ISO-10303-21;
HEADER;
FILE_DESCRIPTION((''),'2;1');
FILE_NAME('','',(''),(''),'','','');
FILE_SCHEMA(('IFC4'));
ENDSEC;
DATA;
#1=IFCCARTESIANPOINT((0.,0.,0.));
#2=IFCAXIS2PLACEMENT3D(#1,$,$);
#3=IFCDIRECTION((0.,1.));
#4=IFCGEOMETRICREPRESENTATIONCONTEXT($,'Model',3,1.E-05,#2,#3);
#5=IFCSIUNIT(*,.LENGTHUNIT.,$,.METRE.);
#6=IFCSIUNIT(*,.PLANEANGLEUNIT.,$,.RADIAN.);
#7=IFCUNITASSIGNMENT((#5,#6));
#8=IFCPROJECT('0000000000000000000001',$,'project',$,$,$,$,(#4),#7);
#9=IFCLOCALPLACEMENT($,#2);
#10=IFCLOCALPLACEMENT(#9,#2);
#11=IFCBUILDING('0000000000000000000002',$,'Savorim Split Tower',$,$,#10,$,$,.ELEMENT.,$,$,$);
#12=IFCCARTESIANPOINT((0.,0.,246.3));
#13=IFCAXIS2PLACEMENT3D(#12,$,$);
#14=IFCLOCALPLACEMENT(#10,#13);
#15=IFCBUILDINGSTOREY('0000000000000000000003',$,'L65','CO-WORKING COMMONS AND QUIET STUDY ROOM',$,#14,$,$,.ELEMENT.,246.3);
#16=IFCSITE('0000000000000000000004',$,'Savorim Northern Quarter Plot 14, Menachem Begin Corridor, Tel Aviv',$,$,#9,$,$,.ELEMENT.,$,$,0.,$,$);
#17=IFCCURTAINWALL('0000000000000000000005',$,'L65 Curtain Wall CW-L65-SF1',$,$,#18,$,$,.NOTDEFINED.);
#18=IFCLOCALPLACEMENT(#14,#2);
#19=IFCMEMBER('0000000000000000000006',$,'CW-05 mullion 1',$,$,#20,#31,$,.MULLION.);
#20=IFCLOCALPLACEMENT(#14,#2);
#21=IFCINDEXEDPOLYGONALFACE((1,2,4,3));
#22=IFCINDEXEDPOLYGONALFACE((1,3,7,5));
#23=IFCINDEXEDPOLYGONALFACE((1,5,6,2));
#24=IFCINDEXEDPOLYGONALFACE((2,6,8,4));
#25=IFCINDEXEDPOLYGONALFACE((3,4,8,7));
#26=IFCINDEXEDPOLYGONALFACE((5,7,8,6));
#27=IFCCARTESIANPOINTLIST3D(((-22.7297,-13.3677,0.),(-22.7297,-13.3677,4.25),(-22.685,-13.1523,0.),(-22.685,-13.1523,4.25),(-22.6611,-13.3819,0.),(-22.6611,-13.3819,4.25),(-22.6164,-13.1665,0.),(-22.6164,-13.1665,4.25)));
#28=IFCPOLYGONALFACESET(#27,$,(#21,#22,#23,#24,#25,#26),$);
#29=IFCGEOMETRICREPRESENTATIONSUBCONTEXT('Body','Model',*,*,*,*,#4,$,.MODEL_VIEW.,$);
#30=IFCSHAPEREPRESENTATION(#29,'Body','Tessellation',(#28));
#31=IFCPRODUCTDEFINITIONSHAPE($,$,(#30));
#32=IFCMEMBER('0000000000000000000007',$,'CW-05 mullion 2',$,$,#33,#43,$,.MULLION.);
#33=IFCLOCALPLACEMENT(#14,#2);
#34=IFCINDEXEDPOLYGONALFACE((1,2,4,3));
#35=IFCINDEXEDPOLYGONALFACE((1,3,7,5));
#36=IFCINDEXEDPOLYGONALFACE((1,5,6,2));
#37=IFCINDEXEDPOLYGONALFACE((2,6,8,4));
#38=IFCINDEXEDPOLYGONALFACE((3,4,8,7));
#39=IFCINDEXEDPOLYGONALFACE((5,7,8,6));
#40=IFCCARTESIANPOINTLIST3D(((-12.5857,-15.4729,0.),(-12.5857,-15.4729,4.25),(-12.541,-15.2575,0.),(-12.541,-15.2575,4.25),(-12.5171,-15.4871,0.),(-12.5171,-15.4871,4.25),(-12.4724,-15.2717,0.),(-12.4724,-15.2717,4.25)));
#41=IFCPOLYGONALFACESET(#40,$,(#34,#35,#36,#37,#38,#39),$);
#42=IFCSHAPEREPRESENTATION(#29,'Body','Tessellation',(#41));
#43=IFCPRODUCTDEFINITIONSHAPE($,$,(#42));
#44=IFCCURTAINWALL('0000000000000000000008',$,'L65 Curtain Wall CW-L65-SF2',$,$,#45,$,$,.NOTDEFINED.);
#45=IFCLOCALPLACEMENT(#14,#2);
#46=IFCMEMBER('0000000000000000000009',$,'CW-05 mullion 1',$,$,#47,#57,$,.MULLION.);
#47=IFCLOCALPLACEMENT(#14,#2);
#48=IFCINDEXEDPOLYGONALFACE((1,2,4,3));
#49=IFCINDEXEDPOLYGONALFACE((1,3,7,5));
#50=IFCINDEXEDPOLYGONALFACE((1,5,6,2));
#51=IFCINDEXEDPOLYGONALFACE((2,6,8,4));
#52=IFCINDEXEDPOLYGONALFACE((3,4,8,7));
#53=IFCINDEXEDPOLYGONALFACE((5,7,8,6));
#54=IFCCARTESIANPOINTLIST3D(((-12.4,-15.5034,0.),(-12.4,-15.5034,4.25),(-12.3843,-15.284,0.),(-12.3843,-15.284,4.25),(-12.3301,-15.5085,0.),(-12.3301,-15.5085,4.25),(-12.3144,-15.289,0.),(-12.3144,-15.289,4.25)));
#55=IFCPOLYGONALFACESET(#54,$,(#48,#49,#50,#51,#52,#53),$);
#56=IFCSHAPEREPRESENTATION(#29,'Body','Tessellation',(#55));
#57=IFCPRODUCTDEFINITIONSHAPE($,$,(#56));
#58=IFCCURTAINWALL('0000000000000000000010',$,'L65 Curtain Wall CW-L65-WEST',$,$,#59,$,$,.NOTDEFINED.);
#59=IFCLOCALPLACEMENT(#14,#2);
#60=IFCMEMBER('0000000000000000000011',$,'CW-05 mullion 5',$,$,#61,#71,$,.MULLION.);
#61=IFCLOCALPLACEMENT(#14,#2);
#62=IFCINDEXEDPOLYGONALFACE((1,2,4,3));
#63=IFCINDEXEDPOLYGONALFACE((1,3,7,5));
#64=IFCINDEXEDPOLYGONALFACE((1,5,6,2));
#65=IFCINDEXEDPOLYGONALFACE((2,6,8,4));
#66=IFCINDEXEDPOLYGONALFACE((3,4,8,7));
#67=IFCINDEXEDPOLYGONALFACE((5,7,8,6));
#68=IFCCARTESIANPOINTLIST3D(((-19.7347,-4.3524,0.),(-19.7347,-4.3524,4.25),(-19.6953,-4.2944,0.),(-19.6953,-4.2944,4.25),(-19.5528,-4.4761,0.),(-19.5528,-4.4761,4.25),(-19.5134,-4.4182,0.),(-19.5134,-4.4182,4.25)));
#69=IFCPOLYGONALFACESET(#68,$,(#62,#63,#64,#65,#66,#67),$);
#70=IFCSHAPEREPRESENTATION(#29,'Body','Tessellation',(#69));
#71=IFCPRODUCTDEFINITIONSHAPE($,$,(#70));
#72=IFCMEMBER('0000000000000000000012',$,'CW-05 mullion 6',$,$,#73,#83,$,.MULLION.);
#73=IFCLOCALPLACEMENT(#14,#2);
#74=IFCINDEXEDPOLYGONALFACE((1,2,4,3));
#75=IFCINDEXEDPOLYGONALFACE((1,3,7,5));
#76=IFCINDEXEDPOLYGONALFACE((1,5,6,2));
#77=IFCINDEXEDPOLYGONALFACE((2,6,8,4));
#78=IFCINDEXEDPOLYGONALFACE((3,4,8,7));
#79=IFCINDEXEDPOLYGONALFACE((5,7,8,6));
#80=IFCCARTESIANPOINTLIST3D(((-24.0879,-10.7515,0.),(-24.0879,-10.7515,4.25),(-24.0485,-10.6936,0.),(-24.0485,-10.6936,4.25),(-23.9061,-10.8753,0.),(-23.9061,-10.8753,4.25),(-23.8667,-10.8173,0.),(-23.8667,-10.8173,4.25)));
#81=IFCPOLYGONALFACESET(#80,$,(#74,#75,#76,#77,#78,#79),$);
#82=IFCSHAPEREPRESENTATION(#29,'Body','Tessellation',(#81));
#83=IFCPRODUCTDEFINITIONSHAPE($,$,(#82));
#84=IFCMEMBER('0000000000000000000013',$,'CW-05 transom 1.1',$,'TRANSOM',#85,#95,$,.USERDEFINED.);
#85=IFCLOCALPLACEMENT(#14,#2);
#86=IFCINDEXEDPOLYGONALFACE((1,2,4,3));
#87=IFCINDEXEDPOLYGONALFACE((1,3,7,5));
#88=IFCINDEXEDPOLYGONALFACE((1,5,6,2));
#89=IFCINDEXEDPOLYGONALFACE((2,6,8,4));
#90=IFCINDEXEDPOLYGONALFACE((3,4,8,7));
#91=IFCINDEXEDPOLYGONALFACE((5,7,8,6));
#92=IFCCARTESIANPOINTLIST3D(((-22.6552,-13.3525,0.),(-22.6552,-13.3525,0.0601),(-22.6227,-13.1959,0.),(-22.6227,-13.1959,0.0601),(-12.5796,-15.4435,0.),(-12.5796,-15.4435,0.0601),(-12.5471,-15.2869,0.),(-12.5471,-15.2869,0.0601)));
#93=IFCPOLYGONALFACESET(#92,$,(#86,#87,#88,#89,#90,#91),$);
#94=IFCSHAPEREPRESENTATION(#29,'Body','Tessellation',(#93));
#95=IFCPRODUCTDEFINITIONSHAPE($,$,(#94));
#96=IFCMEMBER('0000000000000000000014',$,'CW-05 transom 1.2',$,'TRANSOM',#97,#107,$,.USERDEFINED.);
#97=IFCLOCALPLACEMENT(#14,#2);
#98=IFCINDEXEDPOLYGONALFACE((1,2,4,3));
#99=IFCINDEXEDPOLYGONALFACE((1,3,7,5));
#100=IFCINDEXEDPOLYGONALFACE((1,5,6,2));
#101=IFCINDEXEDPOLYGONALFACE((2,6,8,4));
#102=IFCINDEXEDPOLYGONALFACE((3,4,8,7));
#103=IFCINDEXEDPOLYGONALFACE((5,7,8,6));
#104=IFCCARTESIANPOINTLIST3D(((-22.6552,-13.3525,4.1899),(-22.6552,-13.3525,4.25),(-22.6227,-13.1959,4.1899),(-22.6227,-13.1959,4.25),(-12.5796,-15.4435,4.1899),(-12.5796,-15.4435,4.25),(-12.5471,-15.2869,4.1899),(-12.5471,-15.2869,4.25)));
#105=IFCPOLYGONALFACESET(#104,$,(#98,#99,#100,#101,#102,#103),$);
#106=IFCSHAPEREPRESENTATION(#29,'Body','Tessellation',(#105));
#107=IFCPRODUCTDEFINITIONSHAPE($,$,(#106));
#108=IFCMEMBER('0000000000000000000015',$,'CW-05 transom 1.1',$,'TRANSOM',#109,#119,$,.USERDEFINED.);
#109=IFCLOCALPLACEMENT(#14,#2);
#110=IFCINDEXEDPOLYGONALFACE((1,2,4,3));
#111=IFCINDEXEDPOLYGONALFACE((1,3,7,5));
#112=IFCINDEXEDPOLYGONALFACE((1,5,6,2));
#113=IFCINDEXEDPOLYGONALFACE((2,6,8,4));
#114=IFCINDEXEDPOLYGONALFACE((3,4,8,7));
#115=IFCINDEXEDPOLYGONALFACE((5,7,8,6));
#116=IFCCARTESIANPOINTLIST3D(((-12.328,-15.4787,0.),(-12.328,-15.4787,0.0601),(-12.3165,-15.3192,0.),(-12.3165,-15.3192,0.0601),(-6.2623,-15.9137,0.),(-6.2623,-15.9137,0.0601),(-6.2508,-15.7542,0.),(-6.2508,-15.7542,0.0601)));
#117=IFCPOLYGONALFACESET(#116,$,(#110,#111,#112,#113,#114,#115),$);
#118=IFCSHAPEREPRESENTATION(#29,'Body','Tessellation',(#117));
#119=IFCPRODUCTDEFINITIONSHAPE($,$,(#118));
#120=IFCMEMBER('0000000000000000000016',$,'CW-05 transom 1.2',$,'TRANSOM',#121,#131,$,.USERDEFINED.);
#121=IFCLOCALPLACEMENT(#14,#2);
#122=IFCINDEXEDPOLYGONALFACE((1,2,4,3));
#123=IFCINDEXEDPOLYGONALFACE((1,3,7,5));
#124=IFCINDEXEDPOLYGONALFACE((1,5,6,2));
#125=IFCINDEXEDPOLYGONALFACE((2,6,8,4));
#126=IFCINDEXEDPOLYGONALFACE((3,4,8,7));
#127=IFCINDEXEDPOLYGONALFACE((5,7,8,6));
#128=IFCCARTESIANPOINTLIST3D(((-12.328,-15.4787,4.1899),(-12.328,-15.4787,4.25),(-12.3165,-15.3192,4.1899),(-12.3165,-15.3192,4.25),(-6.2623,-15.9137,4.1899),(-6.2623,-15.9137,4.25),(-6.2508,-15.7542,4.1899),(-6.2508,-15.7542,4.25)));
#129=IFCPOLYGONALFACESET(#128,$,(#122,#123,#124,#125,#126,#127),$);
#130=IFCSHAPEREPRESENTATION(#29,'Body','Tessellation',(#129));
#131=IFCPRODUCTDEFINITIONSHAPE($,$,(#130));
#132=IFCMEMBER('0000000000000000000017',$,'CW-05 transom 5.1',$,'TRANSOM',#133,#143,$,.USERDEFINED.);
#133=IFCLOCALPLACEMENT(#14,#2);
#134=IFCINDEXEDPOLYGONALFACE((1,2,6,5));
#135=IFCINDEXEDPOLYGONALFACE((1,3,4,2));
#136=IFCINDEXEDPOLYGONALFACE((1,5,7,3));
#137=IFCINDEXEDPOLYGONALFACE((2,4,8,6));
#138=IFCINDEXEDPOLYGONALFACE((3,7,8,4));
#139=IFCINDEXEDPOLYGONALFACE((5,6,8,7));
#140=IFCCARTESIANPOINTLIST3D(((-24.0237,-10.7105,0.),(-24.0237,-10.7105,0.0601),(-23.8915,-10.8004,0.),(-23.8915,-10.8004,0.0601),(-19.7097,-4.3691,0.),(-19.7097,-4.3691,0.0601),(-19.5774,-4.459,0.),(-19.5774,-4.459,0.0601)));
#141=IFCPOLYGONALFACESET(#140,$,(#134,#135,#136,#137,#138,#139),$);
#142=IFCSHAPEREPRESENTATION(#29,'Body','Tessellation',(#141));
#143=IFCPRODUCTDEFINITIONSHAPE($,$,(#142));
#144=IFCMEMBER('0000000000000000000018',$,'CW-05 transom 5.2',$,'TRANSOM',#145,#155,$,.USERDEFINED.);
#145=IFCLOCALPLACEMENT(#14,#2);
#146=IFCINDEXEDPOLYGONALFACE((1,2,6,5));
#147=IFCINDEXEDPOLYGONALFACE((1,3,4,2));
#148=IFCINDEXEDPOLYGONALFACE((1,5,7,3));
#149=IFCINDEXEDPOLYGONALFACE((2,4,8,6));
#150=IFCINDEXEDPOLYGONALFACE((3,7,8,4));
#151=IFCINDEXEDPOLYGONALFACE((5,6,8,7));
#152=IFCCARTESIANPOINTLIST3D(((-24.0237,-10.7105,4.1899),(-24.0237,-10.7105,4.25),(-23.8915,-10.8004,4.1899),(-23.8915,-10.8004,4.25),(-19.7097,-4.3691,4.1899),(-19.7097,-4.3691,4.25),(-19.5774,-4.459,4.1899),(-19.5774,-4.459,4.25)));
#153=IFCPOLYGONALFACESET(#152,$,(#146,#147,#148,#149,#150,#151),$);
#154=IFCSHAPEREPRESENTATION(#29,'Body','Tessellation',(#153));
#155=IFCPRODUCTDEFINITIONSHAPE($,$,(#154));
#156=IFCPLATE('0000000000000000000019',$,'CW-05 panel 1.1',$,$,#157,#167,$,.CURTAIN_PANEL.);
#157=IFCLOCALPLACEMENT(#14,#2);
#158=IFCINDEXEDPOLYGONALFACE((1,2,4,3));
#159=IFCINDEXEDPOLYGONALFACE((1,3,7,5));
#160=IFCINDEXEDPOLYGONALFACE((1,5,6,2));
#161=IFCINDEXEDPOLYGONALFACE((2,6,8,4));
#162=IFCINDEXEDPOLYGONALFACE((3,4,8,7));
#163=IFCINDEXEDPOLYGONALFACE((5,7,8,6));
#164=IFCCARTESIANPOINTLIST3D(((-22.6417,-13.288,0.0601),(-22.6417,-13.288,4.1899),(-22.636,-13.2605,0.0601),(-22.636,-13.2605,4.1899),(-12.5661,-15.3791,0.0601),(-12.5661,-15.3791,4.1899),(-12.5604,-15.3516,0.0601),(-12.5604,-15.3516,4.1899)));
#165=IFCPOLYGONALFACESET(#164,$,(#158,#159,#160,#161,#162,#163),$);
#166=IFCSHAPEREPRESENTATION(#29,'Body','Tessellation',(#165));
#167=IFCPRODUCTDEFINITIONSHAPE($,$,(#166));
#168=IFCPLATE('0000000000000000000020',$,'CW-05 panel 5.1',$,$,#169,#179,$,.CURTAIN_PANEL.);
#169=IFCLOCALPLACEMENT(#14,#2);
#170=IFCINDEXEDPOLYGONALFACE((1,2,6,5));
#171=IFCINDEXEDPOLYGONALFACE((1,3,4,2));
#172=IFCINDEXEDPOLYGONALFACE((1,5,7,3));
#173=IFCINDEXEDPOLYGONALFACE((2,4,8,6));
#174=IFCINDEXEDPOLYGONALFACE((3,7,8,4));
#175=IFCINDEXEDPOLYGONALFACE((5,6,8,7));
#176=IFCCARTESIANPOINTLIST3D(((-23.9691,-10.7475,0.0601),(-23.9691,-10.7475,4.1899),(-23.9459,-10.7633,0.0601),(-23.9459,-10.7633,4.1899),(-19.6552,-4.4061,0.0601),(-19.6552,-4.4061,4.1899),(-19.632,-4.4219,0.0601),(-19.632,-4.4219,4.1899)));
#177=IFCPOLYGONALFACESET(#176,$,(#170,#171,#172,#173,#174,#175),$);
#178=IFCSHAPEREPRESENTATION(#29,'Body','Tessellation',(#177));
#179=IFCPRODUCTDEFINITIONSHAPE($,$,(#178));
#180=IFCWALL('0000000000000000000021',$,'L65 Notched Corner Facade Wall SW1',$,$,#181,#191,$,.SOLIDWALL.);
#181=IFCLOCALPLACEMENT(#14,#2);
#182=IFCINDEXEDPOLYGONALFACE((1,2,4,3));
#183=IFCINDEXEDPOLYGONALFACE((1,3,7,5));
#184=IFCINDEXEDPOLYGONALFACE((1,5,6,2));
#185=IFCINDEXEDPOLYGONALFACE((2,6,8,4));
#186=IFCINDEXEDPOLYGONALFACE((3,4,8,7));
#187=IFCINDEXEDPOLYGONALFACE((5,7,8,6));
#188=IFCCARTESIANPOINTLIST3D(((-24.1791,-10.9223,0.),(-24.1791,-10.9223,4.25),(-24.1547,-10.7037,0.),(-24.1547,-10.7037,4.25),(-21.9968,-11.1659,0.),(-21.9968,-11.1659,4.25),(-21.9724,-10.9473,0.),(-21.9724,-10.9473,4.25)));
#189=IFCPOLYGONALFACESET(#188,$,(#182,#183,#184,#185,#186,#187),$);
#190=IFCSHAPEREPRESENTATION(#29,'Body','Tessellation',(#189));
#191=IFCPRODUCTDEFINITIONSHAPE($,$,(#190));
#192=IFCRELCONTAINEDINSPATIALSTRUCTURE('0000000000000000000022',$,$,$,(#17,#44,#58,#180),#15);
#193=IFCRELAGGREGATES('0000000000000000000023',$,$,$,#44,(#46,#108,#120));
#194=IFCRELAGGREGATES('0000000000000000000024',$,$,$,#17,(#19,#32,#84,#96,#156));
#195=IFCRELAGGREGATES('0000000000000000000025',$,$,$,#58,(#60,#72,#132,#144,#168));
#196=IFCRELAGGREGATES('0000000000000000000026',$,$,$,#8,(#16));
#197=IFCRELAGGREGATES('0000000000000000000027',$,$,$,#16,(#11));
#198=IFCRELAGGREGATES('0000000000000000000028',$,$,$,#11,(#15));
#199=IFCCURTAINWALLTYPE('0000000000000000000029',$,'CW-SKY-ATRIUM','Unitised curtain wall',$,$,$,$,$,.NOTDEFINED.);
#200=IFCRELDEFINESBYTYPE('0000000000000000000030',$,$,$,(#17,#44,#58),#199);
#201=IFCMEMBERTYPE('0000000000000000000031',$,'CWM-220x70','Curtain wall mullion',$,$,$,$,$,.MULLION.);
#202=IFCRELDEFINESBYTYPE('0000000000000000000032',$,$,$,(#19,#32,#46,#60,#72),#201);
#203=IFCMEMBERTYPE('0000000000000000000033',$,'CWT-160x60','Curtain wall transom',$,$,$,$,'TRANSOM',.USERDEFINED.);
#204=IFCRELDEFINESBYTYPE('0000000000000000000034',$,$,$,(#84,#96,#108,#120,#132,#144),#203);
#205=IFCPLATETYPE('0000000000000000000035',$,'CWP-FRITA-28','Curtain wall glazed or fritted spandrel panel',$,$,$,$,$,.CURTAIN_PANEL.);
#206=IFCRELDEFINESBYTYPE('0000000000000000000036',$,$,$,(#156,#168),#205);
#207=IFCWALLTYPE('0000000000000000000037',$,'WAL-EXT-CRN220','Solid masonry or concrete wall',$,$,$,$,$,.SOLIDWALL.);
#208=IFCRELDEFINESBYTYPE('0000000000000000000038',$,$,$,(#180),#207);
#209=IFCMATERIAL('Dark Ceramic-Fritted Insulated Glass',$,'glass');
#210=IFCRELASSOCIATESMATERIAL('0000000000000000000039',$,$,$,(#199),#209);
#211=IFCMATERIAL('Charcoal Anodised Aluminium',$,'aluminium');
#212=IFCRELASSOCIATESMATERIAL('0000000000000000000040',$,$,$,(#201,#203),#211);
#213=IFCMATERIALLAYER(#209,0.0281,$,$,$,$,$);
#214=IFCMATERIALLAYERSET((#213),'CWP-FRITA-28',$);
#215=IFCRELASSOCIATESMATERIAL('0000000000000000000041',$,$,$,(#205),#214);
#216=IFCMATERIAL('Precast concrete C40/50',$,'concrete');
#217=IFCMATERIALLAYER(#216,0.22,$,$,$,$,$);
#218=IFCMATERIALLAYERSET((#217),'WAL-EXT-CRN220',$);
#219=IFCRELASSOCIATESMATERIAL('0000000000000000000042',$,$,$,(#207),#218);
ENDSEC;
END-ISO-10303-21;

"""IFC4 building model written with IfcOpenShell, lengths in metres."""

from ifc_helpers import new_model, si_unit, direction, frame, frame_2d, origin, origin_2d, place, context, subcontext, project, spatial, rectangle, extrude, material, layer, layer_set, material_profile, profile_set, type_object, element, aggregate, save


model = new_model("IFC4")

# Units and contexts
model_context = context("Model", 3, precision=1e-05, world=origin(), true_north=direction((0.0, 1.0)))
body_context = subcontext(model_context, "Body", "Model", "MODEL_VIEW")
ifc_project = project(units=[si_unit("LENGTHUNIT", "METRE"), si_unit("PLANEANGLEUNIT", "RADIAN")], contexts=[model_context])

# Site, building, storey
site_placement = place(None, origin())
site = spatial("IfcSite", under=ifc_project, at=site_placement, Name="Savorim Northern Quarter Plot 14, Menachem Begin Corridor, Tel Aviv", CompositionType="ELEMENT", RefElevation=0.0)
building_placement = place(site_placement, origin())
building = spatial("IfcBuilding", under=site, at=building_placement, Name="Savorim Split Tower", CompositionType="ELEMENT")
storey_placement = place(building_placement, frame((0.0, 0.0, 246.3)))
storey = spatial("IfcBuildingStorey", under=building, at=storey_placement, Name="L65", Description="CO-WORKING COMMONS AND QUIET STUDY ROOM", CompositionType="ELEMENT", Elevation=246.3)

# Curtain wall, members
ifc_material_1 = material(Name="Dark Ceramic-Fritted Insulated Glass", Category="glass")
curtain_wall_type = type_object("IfcCurtainWallType", Name="CW-SKY-ATRIUM", Description="Unitised curtain wall", PredefinedType="NOTDEFINED", material=ifc_material_1)
curtain_wall_1_placement = place(storey_placement, origin())
curtain_wall_1 = element("IfcCurtainWall", 1, at=curtain_wall_1_placement, inside=storey, type_object=curtain_wall_type, Name="L65 Curtain Wall CW-L65-SF1", PredefinedType="NOTDEFINED")
ifc_material_2 = material(Name="Charcoal Anodised Aluminium", Category="aluminium")
ifc_material_profile_1 = material_profile(ifc_material_2, rectangle(XDim=0.22, YDim=0.0701, at=origin_2d()), Name="ALU-M 220x70")
ifc_profile_set_1 = profile_set([ifc_material_profile_1], Name="Charcoal Anodised Aluminium")
member_type_1 = type_object("IfcMemberType", Name="CWM-220x70", Description="Curtain wall mullion", PredefinedType="MULLION", material=ifc_profile_set_1)
member_1_placement = place(storey_placement, frame((-22.6731, -13.2671, 0.0), z_axis=(0.0, 0.0, 1.0), x_axis=(0.203208, 0.979136, 0.0)))
member_1 = element("IfcMember", 2, at=member_1_placement, type_object=member_type_1, Name="CW-05 mullion 1", PredefinedType="MULLION", context=body_context, shape_type="SweptSolid", body=[
    extrude(rectangle(XDim=0.22, YDim=0.0701, at=origin_2d()), origin(), (0.0, 0.0, 1.0), 4.25),
])
member_2_placement = place(storey_placement, frame((-12.5291, -15.3723, 0.0), z_axis=(0.0, 0.0, 1.0), x_axis=(0.203208, 0.979136, 0.0)))
member_2 = element("IfcMember", 3, at=member_2_placement, type_object=member_type_1, Name="CW-05 mullion 2", PredefinedType="MULLION", context=body_context, shape_type="SweptSolid", body=[
    extrude(rectangle(XDim=0.22, YDim=0.0701, at=origin_2d()), origin(), (0.0, 0.0, 1.0), 4.25),
])

# Curtain wall, member
curtain_wall_2_placement = place(storey_placement, origin())
curtain_wall_2 = element("IfcCurtainWall", 4, at=curtain_wall_2_placement, inside=storey, type_object=curtain_wall_type, Name="L65 Curtain Wall CW-L65-SF2", PredefinedType="NOTDEFINED")
member_3_placement = place(storey_placement, frame((-12.3572, -15.3962, 0.0), z_axis=(0.0, 0.0, 1.0), x_axis=(0.071562, 0.997436, 0.0)))
member_3 = element("IfcMember", 5, at=member_3_placement, type_object=member_type_1, Name="CW-05 mullion 1", PredefinedType="MULLION", context=body_context, shape_type="SweptSolid", body=[
    extrude(rectangle(XDim=0.22, YDim=0.0701, at=origin_2d()), origin(), (0.0, 0.0, 1.0), 4.25),
])

# Curtain wall, members
curtain_wall_3_placement = place(storey_placement, origin())
curtain_wall_3 = element("IfcCurtainWall", 6, at=curtain_wall_3_placement, inside=storey, type_object=curtain_wall_type, Name="L65 Curtain Wall CW-L65-WEST", PredefinedType="NOTDEFINED")
member_4_placement = place(storey_placement, frame((-19.624, -4.3853, 0.0), z_axis=(0.0, 0.0, 1.0), x_axis=(0.826818, -0.562469, 0.0)))
member_4 = element("IfcMember", 7, at=member_4_placement, type_object=member_type_1, Name="CW-05 mullion 5", PredefinedType="MULLION", context=body_context, shape_type="SweptSolid", body=[
    extrude(rectangle(XDim=0.22, YDim=0.0701, at=origin_2d()), origin(), (0.0, 0.0, 1.0), 4.25),
])
member_5_placement = place(storey_placement, frame((-23.9773, -10.7844, 0.0), z_axis=(0.0, 0.0, 1.0), x_axis=(0.826818, -0.562469, 0.0)))
member_5 = element("IfcMember", 8, at=member_5_placement, type_object=member_type_1, Name="CW-05 mullion 6", PredefinedType="MULLION", context=body_context, shape_type="SweptSolid", body=[
    extrude(rectangle(XDim=0.22, YDim=0.0701, at=origin_2d()), origin(), (0.0, 0.0, 1.0), 4.25),
])

# Members
ifc_material_profile_2 = material_profile(ifc_material_2, rectangle(XDim=0.1599, YDim=0.0601, at=origin_2d()), Name="ALU-T 160x60")
ifc_profile_set_2 = profile_set([ifc_material_profile_2], Name="Charcoal Anodised Aluminium")
member_type_2 = type_object("IfcMemberType", Name="CWT-160x60", Description="Curtain wall transom", ElementType="TRANSOM", PredefinedType="USERDEFINED", material=ifc_profile_set_2)
member_6_placement = place(storey_placement, frame((-22.6389, -13.2742, 0.03), z_axis=(0.979136, -0.203206, 0.0), x_axis=(0.203206, 0.979136, 0.0)))
member_6 = element("IfcMember", 9, at=member_6_placement, type_object=member_type_2, Name="CW-05 transom 1.1", ObjectType="TRANSOM", PredefinedType="USERDEFINED", context=body_context, shape_type="SweptSolid", body=[
    extrude(rectangle(XDim=0.1599, YDim=0.0601, at=origin_2d()), origin(), (0.0, 0.0, 1.0), 10.2903),
])
member_7_placement = place(storey_placement, frame((-22.6389, -13.2742, 4.22), z_axis=(0.979136, -0.203206, 0.0), x_axis=(0.203206, 0.979136, 0.0)))
member_7 = element("IfcMember", 10, at=member_7_placement, type_object=member_type_2, Name="CW-05 transom 1.2", ObjectType="TRANSOM", PredefinedType="USERDEFINED", context=body_context, shape_type="SweptSolid", body=[
    extrude(rectangle(XDim=0.1599, YDim=0.0601, at=origin_2d()), origin(), (0.0, 0.0, 1.0), 10.2903),
])
member_8_placement = place(storey_placement, frame((-12.3223, -15.3989, 0.03), z_axis=(0.997438, -0.071541, 0.0), x_axis=(0.071541, 0.997438, 0.0)))
member_8 = element("IfcMember", 11, at=member_8_placement, type_object=member_type_2, Name="CW-05 transom 1.1", ObjectType="TRANSOM", PredefinedType="USERDEFINED", context=body_context, shape_type="SweptSolid", body=[
    extrude(rectangle(XDim=0.1599, YDim=0.0601, at=origin_2d()), origin(), (0.0, 0.0, 1.0), 6.0813),
])
member_9_placement = place(storey_placement, frame((-12.3223, -15.3989, 4.22), z_axis=(0.997438, -0.071541, 0.0), x_axis=(0.071541, 0.997438, 0.0)))
member_9 = element("IfcMember", 12, at=member_9_placement, type_object=member_type_2, Name="CW-05 transom 1.2", ObjectType="TRANSOM", PredefinedType="USERDEFINED", context=body_context, shape_type="SweptSolid", body=[
    extrude(rectangle(XDim=0.1599, YDim=0.0601, at=origin_2d()), origin(), (0.0, 0.0, 1.0), 6.0813),
])
aggregate(curtain_wall_2, [member_3, member_8, member_9])
member_10_placement = place(storey_placement, frame((-19.6436, -4.4141, 0.03), z_axis=(-0.562477, -0.826813, 0.0), x_axis=(0.826813, -0.562477, 0.0)))
member_10 = element("IfcMember", 13, at=member_10_placement, type_object=member_type_2, Name="CW-05 transom 5.1", ObjectType="TRANSOM", PredefinedType="USERDEFINED", context=body_context, shape_type="SweptSolid", body=[
    extrude(rectangle(XDim=0.1599, YDim=0.0601, at=origin_2d()), origin(), (0.0, 0.0, 1.0), 7.6697),
])
member_11_placement = place(storey_placement, frame((-19.6436, -4.4141, 4.22), z_axis=(-0.562477, -0.826813, 0.0), x_axis=(0.826813, -0.562477, 0.0)))
member_11 = element("IfcMember", 14, at=member_11_placement, type_object=member_type_2, Name="CW-05 transom 5.2", ObjectType="TRANSOM", PredefinedType="USERDEFINED", context=body_context, shape_type="SweptSolid", body=[
    extrude(rectangle(XDim=0.1599, YDim=0.0601, at=origin_2d()), origin(), (0.0, 0.0, 1.0), 7.6697),
])

# Plates
ifc_layer_1 = layer(ifc_material_1, 0.0281)
ifc_layer_set_1 = layer_set([ifc_layer_1], Name="CWP-FRITA-28")
plate_type = type_object("IfcPlateType", Name="CWP-FRITA-28", Description="Curtain wall glazed or fritted spandrel panel", PredefinedType="CURTAIN_PANEL", material=ifc_layer_set_1)
plate_1_placement = place(storey_placement, frame((-17.6011, -14.3198, 0.0601), z_axis=(0.0, 0.0, 1.0), x_axis=(0.979136, -0.203208, 0.0)))
plate_1 = element("IfcPlate", 15, at=plate_1_placement, type_object=plate_type, Name="CW-05 panel 1.1", PredefinedType="CURTAIN_PANEL", context=body_context, shape_type="SweptSolid", body=[
    extrude(rectangle(XDim=10.2903, YDim=0.0281, at=origin_2d()), origin(), (0.0, 0.0, 1.0), 4.1299),
])
aggregate(curtain_wall_1, [member_1, member_2, member_6, member_7, plate_1])
plate_2_placement = place(storey_placement, frame((-21.8005, -7.5847, 0.0601), z_axis=(0.0, 0.0, 1.0), x_axis=(-0.562469, -0.826818, 0.0)))
plate_2 = element("IfcPlate", 16, at=plate_2_placement, type_object=plate_type, Name="CW-05 panel 5.1", PredefinedType="CURTAIN_PANEL", context=body_context, shape_type="SweptSolid", body=[
    extrude(rectangle(XDim=7.6697, YDim=0.0281, at=origin_2d()), origin(), (0.0, 0.0, 1.0), 4.1299),
])
aggregate(curtain_wall_3, [member_4, member_5, member_10, member_11, plate_2])

# Wall
ifc_material_3 = material(Name="Precast concrete C40/50", Category="concrete")
ifc_layer_2 = layer(ifc_material_3, 0.22)
ifc_layer_set_2 = layer_set([ifc_layer_2], Name="WAL-EXT-CRN220")
wall_type_1 = type_object("IfcWallType", Name="WAL-EXT-CRN220", Description="Solid masonry or concrete wall", PredefinedType="SOLIDWALL", material=ifc_layer_set_2)
wall_1_placement = place(storey_placement, frame((-21.9846, -11.0566, 0.0), z_axis=(0.0, 0.0, 1.0), x_axis=(-0.993824, 0.110968, 0.0)))
element("IfcWall", 17, at=wall_1_placement, inside=storey, type_object=wall_type_1, Name="L65 Notched Corner Facade Wall SW1", PredefinedType="SOLIDWALL", context=body_context, shape_type="SweptSolid", body=[
    extrude(rectangle(XDim=2.1958, YDim=0.22, at=frame_2d((1.0979, 0.0))), origin(), (0.0, 0.0, 1.0), 4.25),
])

save(model, "model.ifc")
